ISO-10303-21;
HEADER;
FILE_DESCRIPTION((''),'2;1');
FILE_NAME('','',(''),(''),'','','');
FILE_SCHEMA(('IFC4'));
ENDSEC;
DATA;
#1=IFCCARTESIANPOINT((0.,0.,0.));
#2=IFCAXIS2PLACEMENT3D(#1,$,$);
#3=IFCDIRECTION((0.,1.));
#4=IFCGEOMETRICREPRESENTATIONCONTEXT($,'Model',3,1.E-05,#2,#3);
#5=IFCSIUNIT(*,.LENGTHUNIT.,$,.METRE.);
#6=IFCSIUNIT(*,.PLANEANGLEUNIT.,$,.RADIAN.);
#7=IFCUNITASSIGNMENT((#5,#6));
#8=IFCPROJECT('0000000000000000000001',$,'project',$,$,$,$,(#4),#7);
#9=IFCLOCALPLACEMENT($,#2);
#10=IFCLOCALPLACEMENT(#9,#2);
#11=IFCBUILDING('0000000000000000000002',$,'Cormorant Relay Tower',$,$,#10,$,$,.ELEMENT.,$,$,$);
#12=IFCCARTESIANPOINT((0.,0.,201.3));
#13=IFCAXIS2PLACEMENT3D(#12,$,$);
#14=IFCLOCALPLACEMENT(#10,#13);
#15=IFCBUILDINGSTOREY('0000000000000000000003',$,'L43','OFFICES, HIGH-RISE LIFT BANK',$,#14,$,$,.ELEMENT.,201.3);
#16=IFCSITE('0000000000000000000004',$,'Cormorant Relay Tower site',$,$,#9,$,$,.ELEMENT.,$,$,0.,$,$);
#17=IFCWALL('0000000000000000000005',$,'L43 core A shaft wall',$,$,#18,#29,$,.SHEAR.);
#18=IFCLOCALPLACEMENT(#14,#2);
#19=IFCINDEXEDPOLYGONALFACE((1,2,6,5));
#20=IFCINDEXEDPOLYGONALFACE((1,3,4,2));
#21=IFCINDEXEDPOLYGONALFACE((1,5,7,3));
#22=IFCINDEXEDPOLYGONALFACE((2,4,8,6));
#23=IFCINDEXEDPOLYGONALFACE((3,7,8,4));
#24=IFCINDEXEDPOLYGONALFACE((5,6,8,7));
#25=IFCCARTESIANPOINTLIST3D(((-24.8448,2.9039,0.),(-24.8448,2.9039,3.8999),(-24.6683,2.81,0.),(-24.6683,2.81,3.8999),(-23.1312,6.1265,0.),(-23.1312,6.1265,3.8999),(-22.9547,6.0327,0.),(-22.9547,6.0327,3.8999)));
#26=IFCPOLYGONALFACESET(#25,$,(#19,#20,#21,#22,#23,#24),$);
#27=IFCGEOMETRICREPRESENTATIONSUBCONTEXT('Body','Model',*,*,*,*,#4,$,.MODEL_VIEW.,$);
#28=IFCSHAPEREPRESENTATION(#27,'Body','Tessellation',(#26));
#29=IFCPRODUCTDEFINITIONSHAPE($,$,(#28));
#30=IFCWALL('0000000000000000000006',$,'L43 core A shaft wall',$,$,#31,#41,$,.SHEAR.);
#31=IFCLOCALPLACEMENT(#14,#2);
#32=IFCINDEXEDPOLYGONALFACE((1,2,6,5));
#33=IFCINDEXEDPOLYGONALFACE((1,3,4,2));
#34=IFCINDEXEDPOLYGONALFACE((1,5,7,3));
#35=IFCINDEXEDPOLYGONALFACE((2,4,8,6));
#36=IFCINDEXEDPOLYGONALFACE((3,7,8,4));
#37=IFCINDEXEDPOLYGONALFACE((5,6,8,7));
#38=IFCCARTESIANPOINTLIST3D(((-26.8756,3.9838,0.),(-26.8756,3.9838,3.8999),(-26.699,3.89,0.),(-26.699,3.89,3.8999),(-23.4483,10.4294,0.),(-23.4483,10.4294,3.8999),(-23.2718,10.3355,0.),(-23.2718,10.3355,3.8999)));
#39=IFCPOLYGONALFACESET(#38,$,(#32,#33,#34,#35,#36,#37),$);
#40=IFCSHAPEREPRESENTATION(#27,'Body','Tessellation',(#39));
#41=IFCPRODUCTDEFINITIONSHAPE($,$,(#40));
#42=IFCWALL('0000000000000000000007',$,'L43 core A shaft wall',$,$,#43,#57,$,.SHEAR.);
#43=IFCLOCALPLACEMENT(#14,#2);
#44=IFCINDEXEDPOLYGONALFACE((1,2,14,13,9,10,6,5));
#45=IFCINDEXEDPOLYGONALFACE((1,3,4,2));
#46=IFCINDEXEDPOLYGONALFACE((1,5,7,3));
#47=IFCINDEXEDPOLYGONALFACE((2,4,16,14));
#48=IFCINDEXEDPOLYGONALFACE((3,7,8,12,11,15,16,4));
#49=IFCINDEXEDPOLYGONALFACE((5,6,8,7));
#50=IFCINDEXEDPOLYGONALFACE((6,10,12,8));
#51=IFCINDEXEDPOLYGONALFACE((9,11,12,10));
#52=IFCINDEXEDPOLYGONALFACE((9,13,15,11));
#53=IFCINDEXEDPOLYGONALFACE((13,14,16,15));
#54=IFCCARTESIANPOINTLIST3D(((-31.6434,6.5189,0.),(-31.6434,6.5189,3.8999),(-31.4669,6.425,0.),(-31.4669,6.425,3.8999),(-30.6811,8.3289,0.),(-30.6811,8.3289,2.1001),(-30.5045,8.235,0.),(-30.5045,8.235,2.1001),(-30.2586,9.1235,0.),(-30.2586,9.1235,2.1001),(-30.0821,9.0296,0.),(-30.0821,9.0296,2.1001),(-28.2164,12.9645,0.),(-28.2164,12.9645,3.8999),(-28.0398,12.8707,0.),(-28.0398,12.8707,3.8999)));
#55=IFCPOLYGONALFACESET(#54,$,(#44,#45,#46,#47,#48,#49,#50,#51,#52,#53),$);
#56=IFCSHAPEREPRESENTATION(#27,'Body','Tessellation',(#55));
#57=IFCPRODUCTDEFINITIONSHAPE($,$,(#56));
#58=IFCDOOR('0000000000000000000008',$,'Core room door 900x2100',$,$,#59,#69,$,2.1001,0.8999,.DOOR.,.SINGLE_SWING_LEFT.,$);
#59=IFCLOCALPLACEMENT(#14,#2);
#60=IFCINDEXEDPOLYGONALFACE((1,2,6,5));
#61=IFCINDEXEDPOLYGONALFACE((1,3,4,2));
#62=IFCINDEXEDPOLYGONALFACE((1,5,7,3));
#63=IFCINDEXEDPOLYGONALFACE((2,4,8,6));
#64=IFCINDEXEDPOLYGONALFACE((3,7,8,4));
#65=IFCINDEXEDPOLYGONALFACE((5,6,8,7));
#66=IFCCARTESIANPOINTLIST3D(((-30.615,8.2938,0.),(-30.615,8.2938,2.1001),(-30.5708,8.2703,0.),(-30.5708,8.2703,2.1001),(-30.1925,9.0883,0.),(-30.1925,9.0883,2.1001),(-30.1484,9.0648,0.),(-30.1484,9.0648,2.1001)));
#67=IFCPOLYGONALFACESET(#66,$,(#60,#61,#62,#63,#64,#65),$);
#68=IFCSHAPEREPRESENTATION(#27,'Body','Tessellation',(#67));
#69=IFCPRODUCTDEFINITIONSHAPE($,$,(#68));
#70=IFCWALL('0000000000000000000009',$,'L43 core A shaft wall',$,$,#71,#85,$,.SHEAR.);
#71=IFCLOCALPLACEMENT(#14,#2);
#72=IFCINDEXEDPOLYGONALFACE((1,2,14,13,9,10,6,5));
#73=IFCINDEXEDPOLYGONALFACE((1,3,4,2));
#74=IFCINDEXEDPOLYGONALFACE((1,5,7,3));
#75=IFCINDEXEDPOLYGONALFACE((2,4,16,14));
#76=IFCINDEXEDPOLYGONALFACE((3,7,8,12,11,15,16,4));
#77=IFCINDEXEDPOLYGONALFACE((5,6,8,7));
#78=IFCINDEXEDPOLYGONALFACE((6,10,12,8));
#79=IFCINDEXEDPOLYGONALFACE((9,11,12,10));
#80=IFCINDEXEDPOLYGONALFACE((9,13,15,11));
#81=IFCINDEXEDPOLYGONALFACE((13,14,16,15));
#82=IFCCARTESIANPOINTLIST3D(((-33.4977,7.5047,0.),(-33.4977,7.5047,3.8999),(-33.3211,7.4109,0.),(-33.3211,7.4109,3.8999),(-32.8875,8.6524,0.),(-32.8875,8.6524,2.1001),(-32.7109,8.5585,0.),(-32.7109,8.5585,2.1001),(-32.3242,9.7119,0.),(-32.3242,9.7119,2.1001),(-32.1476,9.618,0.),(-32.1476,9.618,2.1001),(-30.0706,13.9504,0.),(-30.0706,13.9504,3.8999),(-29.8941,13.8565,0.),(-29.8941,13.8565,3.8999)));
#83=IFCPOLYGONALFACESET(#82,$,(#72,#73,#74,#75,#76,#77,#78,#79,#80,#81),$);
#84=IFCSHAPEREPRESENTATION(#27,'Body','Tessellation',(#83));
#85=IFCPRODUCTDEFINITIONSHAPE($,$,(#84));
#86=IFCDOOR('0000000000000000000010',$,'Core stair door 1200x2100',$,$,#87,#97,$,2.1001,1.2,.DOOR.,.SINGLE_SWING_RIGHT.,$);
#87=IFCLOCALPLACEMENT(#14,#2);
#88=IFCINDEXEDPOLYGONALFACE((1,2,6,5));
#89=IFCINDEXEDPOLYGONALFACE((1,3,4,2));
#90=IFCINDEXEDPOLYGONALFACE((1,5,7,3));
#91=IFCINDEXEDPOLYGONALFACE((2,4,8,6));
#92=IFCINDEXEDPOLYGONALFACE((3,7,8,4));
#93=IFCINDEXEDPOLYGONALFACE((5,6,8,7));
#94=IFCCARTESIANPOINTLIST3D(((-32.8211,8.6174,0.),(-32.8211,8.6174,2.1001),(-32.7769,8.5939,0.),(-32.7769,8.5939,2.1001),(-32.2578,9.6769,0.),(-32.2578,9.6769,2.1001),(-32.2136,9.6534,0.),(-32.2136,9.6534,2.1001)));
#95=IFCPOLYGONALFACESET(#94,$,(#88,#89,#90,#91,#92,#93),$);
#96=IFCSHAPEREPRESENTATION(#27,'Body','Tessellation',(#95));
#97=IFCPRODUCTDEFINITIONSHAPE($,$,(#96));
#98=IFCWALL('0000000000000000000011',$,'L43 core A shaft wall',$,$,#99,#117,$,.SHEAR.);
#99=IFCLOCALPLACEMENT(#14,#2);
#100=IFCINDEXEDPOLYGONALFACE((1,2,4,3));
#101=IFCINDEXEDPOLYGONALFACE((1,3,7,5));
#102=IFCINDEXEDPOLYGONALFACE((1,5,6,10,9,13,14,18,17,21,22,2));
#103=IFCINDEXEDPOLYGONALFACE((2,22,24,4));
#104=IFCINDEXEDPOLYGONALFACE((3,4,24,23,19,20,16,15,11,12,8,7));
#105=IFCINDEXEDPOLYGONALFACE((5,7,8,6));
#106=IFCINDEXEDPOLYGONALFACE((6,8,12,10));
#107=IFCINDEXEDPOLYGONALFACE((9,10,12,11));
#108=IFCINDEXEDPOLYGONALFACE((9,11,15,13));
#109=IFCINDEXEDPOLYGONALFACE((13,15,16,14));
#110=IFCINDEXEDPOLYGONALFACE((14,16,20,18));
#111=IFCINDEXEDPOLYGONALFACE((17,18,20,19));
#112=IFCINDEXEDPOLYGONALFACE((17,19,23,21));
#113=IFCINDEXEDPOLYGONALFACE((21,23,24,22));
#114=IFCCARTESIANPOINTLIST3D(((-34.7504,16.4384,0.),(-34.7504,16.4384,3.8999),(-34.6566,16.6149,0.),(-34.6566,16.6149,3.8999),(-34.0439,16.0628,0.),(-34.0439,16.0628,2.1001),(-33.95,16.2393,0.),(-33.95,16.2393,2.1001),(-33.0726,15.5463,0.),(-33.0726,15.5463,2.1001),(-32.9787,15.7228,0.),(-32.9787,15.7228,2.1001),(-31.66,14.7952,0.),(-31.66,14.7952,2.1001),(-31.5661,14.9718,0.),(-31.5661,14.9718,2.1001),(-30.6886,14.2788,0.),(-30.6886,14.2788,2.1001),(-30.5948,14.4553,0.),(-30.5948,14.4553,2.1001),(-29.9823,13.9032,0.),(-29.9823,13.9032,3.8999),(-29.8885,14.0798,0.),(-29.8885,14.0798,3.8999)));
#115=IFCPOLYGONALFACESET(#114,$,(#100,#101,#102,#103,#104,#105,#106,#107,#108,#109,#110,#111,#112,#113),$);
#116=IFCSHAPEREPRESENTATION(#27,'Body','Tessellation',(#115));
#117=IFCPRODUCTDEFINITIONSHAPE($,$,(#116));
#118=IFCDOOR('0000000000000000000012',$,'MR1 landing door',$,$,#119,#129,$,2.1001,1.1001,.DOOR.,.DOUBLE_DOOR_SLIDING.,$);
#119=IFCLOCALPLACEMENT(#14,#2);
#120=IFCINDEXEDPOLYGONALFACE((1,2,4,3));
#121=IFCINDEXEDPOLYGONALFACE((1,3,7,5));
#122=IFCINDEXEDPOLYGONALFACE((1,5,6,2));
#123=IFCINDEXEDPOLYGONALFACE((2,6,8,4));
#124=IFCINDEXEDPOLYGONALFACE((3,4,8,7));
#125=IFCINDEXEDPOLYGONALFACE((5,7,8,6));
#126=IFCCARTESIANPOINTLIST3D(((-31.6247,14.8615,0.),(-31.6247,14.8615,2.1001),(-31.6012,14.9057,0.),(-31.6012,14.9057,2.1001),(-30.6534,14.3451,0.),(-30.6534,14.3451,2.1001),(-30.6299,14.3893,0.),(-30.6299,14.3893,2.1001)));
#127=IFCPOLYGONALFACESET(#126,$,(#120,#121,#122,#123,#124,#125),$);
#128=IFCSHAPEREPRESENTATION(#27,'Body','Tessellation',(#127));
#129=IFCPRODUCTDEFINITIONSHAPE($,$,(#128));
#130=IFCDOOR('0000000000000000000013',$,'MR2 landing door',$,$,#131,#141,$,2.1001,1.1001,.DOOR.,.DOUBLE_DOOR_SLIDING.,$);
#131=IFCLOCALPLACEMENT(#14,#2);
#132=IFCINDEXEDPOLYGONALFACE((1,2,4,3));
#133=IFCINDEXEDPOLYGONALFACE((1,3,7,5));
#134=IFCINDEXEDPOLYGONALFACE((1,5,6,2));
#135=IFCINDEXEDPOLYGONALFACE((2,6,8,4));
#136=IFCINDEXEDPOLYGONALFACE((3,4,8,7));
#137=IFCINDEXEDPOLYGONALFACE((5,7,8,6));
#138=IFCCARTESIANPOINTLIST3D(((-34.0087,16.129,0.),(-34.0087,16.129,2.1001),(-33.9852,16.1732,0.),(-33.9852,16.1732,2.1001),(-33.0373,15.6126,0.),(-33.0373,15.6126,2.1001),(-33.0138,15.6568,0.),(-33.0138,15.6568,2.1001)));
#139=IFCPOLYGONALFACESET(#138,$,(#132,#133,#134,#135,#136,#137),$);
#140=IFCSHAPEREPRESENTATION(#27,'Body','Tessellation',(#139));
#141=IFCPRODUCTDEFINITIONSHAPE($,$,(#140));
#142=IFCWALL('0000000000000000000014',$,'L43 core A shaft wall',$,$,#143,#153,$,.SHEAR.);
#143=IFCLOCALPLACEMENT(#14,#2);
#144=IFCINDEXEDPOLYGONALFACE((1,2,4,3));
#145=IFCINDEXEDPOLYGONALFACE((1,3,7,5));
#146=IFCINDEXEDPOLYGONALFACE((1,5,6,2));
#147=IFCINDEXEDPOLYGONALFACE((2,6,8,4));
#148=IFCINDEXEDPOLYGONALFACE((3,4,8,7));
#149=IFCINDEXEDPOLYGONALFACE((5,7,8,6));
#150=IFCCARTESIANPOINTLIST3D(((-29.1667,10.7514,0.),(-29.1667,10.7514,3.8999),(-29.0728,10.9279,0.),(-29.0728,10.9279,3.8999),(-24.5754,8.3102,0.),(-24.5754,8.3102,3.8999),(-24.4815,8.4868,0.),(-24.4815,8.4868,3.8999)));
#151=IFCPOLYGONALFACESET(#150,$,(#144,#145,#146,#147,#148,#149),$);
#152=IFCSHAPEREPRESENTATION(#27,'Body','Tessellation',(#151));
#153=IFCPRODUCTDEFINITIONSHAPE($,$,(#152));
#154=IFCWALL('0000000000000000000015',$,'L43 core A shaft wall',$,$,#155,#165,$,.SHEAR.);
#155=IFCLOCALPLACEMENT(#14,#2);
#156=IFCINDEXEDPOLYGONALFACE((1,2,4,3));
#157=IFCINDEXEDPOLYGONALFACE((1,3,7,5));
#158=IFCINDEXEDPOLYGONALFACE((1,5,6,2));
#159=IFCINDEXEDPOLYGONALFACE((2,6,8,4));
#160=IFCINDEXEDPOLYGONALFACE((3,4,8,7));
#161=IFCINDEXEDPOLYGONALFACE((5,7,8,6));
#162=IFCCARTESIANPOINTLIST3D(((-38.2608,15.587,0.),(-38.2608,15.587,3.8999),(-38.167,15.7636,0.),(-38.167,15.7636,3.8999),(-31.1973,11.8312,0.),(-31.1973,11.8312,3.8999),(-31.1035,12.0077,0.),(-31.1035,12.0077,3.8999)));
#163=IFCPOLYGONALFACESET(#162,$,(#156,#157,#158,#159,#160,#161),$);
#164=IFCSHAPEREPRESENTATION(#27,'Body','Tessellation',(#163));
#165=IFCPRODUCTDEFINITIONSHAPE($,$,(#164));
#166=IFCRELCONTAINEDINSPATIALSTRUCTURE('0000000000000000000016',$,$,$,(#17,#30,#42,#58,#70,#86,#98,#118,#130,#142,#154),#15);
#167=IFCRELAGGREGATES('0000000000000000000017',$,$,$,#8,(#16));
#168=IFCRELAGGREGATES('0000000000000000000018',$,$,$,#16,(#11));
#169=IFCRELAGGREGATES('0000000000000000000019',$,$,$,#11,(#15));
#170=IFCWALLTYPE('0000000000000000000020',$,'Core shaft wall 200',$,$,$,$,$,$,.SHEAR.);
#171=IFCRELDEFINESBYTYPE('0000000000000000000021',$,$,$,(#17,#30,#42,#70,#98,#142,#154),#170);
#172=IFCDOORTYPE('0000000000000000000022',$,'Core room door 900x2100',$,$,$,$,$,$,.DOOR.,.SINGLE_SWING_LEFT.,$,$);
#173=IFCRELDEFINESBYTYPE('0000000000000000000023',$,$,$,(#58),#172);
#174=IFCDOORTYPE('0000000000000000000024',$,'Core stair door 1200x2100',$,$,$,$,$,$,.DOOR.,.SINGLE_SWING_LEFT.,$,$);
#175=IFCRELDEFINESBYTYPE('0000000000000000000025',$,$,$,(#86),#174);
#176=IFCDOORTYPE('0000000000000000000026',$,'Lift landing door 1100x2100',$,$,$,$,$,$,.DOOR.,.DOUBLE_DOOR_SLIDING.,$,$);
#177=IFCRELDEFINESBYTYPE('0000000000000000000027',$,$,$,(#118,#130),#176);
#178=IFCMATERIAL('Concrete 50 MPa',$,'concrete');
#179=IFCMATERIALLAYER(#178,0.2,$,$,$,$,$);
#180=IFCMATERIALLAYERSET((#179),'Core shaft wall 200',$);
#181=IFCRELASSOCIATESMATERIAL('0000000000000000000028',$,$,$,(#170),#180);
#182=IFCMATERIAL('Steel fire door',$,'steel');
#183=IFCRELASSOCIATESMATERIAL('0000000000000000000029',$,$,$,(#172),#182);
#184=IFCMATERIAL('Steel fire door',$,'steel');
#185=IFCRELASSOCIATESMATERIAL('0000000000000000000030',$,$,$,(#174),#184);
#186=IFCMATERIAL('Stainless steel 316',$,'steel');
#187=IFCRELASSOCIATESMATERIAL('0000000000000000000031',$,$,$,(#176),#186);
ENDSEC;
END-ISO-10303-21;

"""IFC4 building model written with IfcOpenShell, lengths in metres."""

from ifc_helpers import new_model, si_unit, direction, frame, frame_2d, origin, place, context, subcontext, project, spatial, rectangle, extrude, material, layer, layer_set, type_object, element, fill, save


model = new_model("IFC4")

# Units and contexts
model_context = context("Model", 3, precision=1e-05, world=origin(), true_north=direction((0.0, 1.0)))
body_context = subcontext(model_context, "Body", "Model", "MODEL_VIEW")
ifc_project = project(units=[si_unit("LENGTHUNIT", "METRE"), si_unit("PLANEANGLEUNIT", "RADIAN")], contexts=[model_context])

# Site, building, storey
site_placement = place(None, origin())
site = spatial("IfcSite", under=ifc_project, at=site_placement, Name="Cormorant Relay Tower site", CompositionType="ELEMENT", RefElevation=0.0)
building_placement = place(site_placement, origin())
building = spatial("IfcBuilding", under=site, at=building_placement, Name="Cormorant Relay Tower", CompositionType="ELEMENT")
storey_placement = place(building_placement, frame((0.0, 0.0, 201.3)))
storey = spatial("IfcBuildingStorey", under=building, at=storey_placement, Name="L43", Description="OFFICES, HIGH-RISE LIFT BANK", CompositionType="ELEMENT", Elevation=201.3)

# Walls
ifc_material_1 = material(Name="Concrete 50 MPa", Category="concrete")
ifc_layer_1 = layer(ifc_material_1, 0.2)
ifc_layer_set_1 = layer_set([ifc_layer_1], Name="Core shaft wall 200")
wall_type_1 = type_object("IfcWallType", Name="Core shaft wall 200", PredefinedType="SHEAR", material=ifc_layer_set_1)
wall_1_placement = place(storey_placement, frame((-23.043, 6.0796, 0.0), z_axis=(0.0, 0.0, 1.0), x_axis=(-0.469494, -0.882936, 0.0)))
element("IfcWall", 1, at=wall_1_placement, inside=storey, type_object=wall_type_1, Name="L43 core A shaft wall", PredefinedType="SHEAR", context=body_context, shape_type="SweptSolid", body=[
    extrude(rectangle(XDim=3.6499, YDim=0.2, at=frame_2d((1.825, 0.0))), origin(), (0.0, 0.0, 1.0), 3.8999),
])
wall_2_placement = place(storey_placement, frame((-23.3601, 10.3823, 0.0), z_axis=(0.0, 0.0, 1.0), x_axis=(-0.46948, -0.882943, 0.0)))
element("IfcWall", 2, at=wall_2_placement, inside=storey, type_object=wall_type_1, Name="L43 core A shaft wall", PredefinedType="SHEAR", context=body_context, shape_type="SweptSolid", body=[
    extrude(rectangle(XDim=7.3, YDim=0.2, at=frame_2d((3.6499, 0.0))), origin(), (0.0, 0.0, 1.0), 3.8999),
])

# Walls, openings, doors
wall_3_placement = place(storey_placement, frame((-28.1282, 12.9175, 0.0), z_axis=(0.0, 0.0, 1.0), x_axis=(-0.469454, -0.882957, 0.0)))
wall_3 = element("IfcWall", 3, at=wall_3_placement, inside=storey, type_object=wall_type_1, Name="L43 core A shaft wall", PredefinedType="SHEAR", context=body_context, shape_type="SweptSolid", body=[
    extrude(rectangle(XDim=7.3, YDim=0.2, at=frame_2d((3.6499, 0.0))), origin(), (0.0, 0.0, 1.0), 3.8999),
])
opening_1_placement = place(wall_3_placement, frame((4.3501, 0.0, 0.0)))
opening_1 = element("IfcOpeningElement", 4, at=opening_1_placement, cuts=wall_3, PredefinedType="OPENING", context=body_context, shape_type="SweptSolid", body=[
    extrude(rectangle(XDim=0.8999, YDim=2.1001, at=frame_2d((0.45, 1.05))), frame((0.0, 0.1099, 0.0), z_axis=(0.0, -1.0, 0.0), x_axis=(1.0, 0.0, 0.0)), (0.0, 0.0, 1.0), 0.22),
])
ifc_material_2 = material(Name="Steel fire door", Category="steel")
door_type_1 = type_object("IfcDoorType", Name="Core room door 900x2100", OperationType="SINGLE_SWING_LEFT", PredefinedType="DOOR", material=ifc_material_2)
door_1_placement = place(opening_1_placement, origin())
door_1 = element("IfcDoor", 5, at=door_1_placement, inside=storey, type_object=door_type_1, Name="Core room door 900x2100", OperationType="SINGLE_SWING_LEFT", OverallHeight=2.1001, OverallWidth=0.8999, PredefinedType="DOOR", context=body_context, shape_type="SweptSolid", body=[
    extrude(rectangle(XDim=0.8999, YDim=2.1001, at=frame_2d((0.45, 1.05))), frame((0.0, 0.0249, 0.0), z_axis=(0.0, -1.0, 0.0), x_axis=(1.0, 0.0, 0.0)), (0.0, 0.0, 1.0), 0.05),
])
fill(opening_1, door_1)
wall_4_placement = place(storey_placement, frame((-29.9824, 13.9033, 0.0), z_axis=(0.0, 0.0, 1.0), x_axis=(-0.469454, -0.882957, 0.0)))
wall_4 = element("IfcWall", 6, at=wall_4_placement, inside=storey, type_object=wall_type_1, Name="L43 core A shaft wall", PredefinedType="SHEAR", context=body_context, shape_type="SweptSolid", body=[
    extrude(rectangle(XDim=7.3, YDim=0.2, at=frame_2d((3.6499, 0.0))), origin(), (0.0, 0.0, 1.0), 3.8999),
])
opening_2_placement = place(wall_4_placement, frame((4.8, 0.0, 0.0)))
opening_2 = element("IfcOpeningElement", 7, at=opening_2_placement, cuts=wall_4, PredefinedType="OPENING", context=body_context, shape_type="SweptSolid", body=[
    extrude(rectangle(XDim=1.2, YDim=2.1001, at=frame_2d((0.6001, 1.05))), frame((0.0, 0.1099, 0.0), z_axis=(0.0, -1.0, 0.0), x_axis=(1.0, 0.0, 0.0)), (0.0, 0.0, 1.0), 0.22),
])
ifc_material_3 = material(Name="Steel fire door", Category="steel")
door_type_2 = type_object("IfcDoorType", Name="Core stair door 1200x2100", OperationType="SINGLE_SWING_LEFT", PredefinedType="DOOR", material=ifc_material_3)
door_2_placement = place(opening_2_placement, frame((1.2, 0.0, 0.0), z_axis=(0.0, 0.0, 1.0), x_axis=(-1.0, 0.0, 0.0)))
door_2 = element("IfcDoor", 8, at=door_2_placement, inside=storey, type_object=door_type_2, Name="Core stair door 1200x2100", OperationType="SINGLE_SWING_RIGHT", OverallHeight=2.1001, OverallWidth=1.2, PredefinedType="DOOR", context=body_context, shape_type="SweptSolid", body=[
    extrude(rectangle(XDim=1.2, YDim=2.1001, at=frame_2d((0.6001, 1.05))), frame((0.0, 0.0249, 0.0), z_axis=(0.0, -1.0, 0.0), x_axis=(1.0, 0.0, 0.0)), (0.0, 0.0, 1.0), 0.05),
])
fill(opening_2, door_2)

# Wall, openings, doors
wall_5_placement = place(storey_placement, frame((-29.9353, 13.9915, 0.0), z_axis=(0.0, 0.0, 1.0), x_axis=(-0.882953, 0.469462, 0.0)))
wall_5 = element("IfcWall", 9, at=wall_5_placement, inside=storey, type_object=wall_type_1, Name="L43 core A shaft wall", PredefinedType="SHEAR", context=body_context, shape_type="SweptSolid", body=[
    extrude(rectangle(XDim=5.4001, YDim=0.2, at=frame_2d((2.7002, 0.0))), origin(), (0.0, 0.0, 1.0), 3.8999),
])
opening_3_placement = place(wall_5_placement, frame((0.8, 0.0, 0.0)))
opening_3 = element("IfcOpeningElement", 10, at=opening_3_placement, cuts=wall_5, PredefinedType="OPENING", context=body_context, shape_type="SweptSolid", body=[
    extrude(rectangle(XDim=1.1001, YDim=2.1001, at=frame_2d((0.55, 1.05))), frame((0.0, 0.1099, 0.0), z_axis=(0.0, -1.0, 0.0), x_axis=(1.0, 0.0, 0.0)), (0.0, 0.0, 1.0), 0.22),
])
opening_4_placement = place(wall_5_placement, frame((3.5, 0.0, 0.0)))
opening_4 = element("IfcOpeningElement", 11, at=opening_4_placement, cuts=wall_5, PredefinedType="OPENING", context=body_context, shape_type="SweptSolid", body=[
    extrude(rectangle(XDim=1.1001, YDim=2.1001, at=frame_2d((0.55, 1.05))), frame((0.0, 0.1099, 0.0), z_axis=(0.0, -1.0, 0.0), x_axis=(1.0, 0.0, 0.0)), (0.0, 0.0, 1.0), 0.22),
])
ifc_material_4 = material(Name="Stainless steel 316", Category="steel")
door_type_3 = type_object("IfcDoorType", Name="Lift landing door 1100x2100", OperationType="DOUBLE_DOOR_SLIDING", PredefinedType="DOOR", material=ifc_material_4)
door_3_placement = place(opening_3_placement, origin())
door_3 = element("IfcDoor", 12, at=door_3_placement, inside=storey, type_object=door_type_3, Name="MR1 landing door", OperationType="DOUBLE_DOOR_SLIDING", OverallHeight=2.1001, OverallWidth=1.1001, PredefinedType="DOOR", context=body_context, shape_type="SweptSolid", body=[
    extrude(rectangle(XDim=1.1001, YDim=2.1001, at=frame_2d((0.55, 1.05))), frame((0.0, 0.0249, 0.0), z_axis=(0.0, -1.0, 0.0), x_axis=(1.0, 0.0, 0.0)), (0.0, 0.0, 1.0), 0.05),
])
fill(opening_3, door_3)
door_4_placement = place(opening_4_placement, origin())
door_4 = element("IfcDoor", 13, at=door_4_placement, inside=storey, type_object=door_type_3, Name="MR2 landing door", OperationType="DOUBLE_DOOR_SLIDING", OverallHeight=2.1001, OverallWidth=1.1001, PredefinedType="DOOR", context=body_context, shape_type="SweptSolid", body=[
    extrude(rectangle(XDim=1.1001, YDim=2.1001, at=frame_2d((0.55, 1.05))), frame((0.0, 0.0249, 0.0), z_axis=(0.0, -1.0, 0.0), x_axis=(1.0, 0.0, 0.0)), (0.0, 0.0, 1.0), 0.05),
])
fill(opening_4, door_4)

# Walls
wall_6_placement = place(storey_placement, frame((-24.5283, 8.3984, 0.0), z_axis=(0.0, 0.0, 1.0), x_axis=(-0.882954, 0.46946, 0.0)))
element("IfcWall", 14, at=wall_6_placement, inside=storey, type_object=wall_type_1, Name="L43 core A shaft wall", PredefinedType="SHEAR", context=body_context, shape_type="SweptSolid", body=[
    extrude(rectangle(XDim=5.2, YDim=0.2, at=frame_2d((2.6001, 0.0))), origin(), (0.0, 0.0, 1.0), 3.8999),
])
wall_7_placement = place(storey_placement, frame((-31.1504, 11.9194, 0.0), z_axis=(0.0, 0.0, 1.0), x_axis=(-0.88294, 0.469485, 0.0)))
element("IfcWall", 15, at=wall_7_placement, inside=storey, type_object=wall_type_1, Name="L43 core A shaft wall", PredefinedType="SHEAR", context=body_context, shape_type="SweptSolid", body=[
    extrude(rectangle(XDim=8.0, YDim=0.2, at=frame_2d((4.0, 0.0))), origin(), (0.0, 0.0, 1.0), 3.8999),
])

save(model, "model.ifc")
